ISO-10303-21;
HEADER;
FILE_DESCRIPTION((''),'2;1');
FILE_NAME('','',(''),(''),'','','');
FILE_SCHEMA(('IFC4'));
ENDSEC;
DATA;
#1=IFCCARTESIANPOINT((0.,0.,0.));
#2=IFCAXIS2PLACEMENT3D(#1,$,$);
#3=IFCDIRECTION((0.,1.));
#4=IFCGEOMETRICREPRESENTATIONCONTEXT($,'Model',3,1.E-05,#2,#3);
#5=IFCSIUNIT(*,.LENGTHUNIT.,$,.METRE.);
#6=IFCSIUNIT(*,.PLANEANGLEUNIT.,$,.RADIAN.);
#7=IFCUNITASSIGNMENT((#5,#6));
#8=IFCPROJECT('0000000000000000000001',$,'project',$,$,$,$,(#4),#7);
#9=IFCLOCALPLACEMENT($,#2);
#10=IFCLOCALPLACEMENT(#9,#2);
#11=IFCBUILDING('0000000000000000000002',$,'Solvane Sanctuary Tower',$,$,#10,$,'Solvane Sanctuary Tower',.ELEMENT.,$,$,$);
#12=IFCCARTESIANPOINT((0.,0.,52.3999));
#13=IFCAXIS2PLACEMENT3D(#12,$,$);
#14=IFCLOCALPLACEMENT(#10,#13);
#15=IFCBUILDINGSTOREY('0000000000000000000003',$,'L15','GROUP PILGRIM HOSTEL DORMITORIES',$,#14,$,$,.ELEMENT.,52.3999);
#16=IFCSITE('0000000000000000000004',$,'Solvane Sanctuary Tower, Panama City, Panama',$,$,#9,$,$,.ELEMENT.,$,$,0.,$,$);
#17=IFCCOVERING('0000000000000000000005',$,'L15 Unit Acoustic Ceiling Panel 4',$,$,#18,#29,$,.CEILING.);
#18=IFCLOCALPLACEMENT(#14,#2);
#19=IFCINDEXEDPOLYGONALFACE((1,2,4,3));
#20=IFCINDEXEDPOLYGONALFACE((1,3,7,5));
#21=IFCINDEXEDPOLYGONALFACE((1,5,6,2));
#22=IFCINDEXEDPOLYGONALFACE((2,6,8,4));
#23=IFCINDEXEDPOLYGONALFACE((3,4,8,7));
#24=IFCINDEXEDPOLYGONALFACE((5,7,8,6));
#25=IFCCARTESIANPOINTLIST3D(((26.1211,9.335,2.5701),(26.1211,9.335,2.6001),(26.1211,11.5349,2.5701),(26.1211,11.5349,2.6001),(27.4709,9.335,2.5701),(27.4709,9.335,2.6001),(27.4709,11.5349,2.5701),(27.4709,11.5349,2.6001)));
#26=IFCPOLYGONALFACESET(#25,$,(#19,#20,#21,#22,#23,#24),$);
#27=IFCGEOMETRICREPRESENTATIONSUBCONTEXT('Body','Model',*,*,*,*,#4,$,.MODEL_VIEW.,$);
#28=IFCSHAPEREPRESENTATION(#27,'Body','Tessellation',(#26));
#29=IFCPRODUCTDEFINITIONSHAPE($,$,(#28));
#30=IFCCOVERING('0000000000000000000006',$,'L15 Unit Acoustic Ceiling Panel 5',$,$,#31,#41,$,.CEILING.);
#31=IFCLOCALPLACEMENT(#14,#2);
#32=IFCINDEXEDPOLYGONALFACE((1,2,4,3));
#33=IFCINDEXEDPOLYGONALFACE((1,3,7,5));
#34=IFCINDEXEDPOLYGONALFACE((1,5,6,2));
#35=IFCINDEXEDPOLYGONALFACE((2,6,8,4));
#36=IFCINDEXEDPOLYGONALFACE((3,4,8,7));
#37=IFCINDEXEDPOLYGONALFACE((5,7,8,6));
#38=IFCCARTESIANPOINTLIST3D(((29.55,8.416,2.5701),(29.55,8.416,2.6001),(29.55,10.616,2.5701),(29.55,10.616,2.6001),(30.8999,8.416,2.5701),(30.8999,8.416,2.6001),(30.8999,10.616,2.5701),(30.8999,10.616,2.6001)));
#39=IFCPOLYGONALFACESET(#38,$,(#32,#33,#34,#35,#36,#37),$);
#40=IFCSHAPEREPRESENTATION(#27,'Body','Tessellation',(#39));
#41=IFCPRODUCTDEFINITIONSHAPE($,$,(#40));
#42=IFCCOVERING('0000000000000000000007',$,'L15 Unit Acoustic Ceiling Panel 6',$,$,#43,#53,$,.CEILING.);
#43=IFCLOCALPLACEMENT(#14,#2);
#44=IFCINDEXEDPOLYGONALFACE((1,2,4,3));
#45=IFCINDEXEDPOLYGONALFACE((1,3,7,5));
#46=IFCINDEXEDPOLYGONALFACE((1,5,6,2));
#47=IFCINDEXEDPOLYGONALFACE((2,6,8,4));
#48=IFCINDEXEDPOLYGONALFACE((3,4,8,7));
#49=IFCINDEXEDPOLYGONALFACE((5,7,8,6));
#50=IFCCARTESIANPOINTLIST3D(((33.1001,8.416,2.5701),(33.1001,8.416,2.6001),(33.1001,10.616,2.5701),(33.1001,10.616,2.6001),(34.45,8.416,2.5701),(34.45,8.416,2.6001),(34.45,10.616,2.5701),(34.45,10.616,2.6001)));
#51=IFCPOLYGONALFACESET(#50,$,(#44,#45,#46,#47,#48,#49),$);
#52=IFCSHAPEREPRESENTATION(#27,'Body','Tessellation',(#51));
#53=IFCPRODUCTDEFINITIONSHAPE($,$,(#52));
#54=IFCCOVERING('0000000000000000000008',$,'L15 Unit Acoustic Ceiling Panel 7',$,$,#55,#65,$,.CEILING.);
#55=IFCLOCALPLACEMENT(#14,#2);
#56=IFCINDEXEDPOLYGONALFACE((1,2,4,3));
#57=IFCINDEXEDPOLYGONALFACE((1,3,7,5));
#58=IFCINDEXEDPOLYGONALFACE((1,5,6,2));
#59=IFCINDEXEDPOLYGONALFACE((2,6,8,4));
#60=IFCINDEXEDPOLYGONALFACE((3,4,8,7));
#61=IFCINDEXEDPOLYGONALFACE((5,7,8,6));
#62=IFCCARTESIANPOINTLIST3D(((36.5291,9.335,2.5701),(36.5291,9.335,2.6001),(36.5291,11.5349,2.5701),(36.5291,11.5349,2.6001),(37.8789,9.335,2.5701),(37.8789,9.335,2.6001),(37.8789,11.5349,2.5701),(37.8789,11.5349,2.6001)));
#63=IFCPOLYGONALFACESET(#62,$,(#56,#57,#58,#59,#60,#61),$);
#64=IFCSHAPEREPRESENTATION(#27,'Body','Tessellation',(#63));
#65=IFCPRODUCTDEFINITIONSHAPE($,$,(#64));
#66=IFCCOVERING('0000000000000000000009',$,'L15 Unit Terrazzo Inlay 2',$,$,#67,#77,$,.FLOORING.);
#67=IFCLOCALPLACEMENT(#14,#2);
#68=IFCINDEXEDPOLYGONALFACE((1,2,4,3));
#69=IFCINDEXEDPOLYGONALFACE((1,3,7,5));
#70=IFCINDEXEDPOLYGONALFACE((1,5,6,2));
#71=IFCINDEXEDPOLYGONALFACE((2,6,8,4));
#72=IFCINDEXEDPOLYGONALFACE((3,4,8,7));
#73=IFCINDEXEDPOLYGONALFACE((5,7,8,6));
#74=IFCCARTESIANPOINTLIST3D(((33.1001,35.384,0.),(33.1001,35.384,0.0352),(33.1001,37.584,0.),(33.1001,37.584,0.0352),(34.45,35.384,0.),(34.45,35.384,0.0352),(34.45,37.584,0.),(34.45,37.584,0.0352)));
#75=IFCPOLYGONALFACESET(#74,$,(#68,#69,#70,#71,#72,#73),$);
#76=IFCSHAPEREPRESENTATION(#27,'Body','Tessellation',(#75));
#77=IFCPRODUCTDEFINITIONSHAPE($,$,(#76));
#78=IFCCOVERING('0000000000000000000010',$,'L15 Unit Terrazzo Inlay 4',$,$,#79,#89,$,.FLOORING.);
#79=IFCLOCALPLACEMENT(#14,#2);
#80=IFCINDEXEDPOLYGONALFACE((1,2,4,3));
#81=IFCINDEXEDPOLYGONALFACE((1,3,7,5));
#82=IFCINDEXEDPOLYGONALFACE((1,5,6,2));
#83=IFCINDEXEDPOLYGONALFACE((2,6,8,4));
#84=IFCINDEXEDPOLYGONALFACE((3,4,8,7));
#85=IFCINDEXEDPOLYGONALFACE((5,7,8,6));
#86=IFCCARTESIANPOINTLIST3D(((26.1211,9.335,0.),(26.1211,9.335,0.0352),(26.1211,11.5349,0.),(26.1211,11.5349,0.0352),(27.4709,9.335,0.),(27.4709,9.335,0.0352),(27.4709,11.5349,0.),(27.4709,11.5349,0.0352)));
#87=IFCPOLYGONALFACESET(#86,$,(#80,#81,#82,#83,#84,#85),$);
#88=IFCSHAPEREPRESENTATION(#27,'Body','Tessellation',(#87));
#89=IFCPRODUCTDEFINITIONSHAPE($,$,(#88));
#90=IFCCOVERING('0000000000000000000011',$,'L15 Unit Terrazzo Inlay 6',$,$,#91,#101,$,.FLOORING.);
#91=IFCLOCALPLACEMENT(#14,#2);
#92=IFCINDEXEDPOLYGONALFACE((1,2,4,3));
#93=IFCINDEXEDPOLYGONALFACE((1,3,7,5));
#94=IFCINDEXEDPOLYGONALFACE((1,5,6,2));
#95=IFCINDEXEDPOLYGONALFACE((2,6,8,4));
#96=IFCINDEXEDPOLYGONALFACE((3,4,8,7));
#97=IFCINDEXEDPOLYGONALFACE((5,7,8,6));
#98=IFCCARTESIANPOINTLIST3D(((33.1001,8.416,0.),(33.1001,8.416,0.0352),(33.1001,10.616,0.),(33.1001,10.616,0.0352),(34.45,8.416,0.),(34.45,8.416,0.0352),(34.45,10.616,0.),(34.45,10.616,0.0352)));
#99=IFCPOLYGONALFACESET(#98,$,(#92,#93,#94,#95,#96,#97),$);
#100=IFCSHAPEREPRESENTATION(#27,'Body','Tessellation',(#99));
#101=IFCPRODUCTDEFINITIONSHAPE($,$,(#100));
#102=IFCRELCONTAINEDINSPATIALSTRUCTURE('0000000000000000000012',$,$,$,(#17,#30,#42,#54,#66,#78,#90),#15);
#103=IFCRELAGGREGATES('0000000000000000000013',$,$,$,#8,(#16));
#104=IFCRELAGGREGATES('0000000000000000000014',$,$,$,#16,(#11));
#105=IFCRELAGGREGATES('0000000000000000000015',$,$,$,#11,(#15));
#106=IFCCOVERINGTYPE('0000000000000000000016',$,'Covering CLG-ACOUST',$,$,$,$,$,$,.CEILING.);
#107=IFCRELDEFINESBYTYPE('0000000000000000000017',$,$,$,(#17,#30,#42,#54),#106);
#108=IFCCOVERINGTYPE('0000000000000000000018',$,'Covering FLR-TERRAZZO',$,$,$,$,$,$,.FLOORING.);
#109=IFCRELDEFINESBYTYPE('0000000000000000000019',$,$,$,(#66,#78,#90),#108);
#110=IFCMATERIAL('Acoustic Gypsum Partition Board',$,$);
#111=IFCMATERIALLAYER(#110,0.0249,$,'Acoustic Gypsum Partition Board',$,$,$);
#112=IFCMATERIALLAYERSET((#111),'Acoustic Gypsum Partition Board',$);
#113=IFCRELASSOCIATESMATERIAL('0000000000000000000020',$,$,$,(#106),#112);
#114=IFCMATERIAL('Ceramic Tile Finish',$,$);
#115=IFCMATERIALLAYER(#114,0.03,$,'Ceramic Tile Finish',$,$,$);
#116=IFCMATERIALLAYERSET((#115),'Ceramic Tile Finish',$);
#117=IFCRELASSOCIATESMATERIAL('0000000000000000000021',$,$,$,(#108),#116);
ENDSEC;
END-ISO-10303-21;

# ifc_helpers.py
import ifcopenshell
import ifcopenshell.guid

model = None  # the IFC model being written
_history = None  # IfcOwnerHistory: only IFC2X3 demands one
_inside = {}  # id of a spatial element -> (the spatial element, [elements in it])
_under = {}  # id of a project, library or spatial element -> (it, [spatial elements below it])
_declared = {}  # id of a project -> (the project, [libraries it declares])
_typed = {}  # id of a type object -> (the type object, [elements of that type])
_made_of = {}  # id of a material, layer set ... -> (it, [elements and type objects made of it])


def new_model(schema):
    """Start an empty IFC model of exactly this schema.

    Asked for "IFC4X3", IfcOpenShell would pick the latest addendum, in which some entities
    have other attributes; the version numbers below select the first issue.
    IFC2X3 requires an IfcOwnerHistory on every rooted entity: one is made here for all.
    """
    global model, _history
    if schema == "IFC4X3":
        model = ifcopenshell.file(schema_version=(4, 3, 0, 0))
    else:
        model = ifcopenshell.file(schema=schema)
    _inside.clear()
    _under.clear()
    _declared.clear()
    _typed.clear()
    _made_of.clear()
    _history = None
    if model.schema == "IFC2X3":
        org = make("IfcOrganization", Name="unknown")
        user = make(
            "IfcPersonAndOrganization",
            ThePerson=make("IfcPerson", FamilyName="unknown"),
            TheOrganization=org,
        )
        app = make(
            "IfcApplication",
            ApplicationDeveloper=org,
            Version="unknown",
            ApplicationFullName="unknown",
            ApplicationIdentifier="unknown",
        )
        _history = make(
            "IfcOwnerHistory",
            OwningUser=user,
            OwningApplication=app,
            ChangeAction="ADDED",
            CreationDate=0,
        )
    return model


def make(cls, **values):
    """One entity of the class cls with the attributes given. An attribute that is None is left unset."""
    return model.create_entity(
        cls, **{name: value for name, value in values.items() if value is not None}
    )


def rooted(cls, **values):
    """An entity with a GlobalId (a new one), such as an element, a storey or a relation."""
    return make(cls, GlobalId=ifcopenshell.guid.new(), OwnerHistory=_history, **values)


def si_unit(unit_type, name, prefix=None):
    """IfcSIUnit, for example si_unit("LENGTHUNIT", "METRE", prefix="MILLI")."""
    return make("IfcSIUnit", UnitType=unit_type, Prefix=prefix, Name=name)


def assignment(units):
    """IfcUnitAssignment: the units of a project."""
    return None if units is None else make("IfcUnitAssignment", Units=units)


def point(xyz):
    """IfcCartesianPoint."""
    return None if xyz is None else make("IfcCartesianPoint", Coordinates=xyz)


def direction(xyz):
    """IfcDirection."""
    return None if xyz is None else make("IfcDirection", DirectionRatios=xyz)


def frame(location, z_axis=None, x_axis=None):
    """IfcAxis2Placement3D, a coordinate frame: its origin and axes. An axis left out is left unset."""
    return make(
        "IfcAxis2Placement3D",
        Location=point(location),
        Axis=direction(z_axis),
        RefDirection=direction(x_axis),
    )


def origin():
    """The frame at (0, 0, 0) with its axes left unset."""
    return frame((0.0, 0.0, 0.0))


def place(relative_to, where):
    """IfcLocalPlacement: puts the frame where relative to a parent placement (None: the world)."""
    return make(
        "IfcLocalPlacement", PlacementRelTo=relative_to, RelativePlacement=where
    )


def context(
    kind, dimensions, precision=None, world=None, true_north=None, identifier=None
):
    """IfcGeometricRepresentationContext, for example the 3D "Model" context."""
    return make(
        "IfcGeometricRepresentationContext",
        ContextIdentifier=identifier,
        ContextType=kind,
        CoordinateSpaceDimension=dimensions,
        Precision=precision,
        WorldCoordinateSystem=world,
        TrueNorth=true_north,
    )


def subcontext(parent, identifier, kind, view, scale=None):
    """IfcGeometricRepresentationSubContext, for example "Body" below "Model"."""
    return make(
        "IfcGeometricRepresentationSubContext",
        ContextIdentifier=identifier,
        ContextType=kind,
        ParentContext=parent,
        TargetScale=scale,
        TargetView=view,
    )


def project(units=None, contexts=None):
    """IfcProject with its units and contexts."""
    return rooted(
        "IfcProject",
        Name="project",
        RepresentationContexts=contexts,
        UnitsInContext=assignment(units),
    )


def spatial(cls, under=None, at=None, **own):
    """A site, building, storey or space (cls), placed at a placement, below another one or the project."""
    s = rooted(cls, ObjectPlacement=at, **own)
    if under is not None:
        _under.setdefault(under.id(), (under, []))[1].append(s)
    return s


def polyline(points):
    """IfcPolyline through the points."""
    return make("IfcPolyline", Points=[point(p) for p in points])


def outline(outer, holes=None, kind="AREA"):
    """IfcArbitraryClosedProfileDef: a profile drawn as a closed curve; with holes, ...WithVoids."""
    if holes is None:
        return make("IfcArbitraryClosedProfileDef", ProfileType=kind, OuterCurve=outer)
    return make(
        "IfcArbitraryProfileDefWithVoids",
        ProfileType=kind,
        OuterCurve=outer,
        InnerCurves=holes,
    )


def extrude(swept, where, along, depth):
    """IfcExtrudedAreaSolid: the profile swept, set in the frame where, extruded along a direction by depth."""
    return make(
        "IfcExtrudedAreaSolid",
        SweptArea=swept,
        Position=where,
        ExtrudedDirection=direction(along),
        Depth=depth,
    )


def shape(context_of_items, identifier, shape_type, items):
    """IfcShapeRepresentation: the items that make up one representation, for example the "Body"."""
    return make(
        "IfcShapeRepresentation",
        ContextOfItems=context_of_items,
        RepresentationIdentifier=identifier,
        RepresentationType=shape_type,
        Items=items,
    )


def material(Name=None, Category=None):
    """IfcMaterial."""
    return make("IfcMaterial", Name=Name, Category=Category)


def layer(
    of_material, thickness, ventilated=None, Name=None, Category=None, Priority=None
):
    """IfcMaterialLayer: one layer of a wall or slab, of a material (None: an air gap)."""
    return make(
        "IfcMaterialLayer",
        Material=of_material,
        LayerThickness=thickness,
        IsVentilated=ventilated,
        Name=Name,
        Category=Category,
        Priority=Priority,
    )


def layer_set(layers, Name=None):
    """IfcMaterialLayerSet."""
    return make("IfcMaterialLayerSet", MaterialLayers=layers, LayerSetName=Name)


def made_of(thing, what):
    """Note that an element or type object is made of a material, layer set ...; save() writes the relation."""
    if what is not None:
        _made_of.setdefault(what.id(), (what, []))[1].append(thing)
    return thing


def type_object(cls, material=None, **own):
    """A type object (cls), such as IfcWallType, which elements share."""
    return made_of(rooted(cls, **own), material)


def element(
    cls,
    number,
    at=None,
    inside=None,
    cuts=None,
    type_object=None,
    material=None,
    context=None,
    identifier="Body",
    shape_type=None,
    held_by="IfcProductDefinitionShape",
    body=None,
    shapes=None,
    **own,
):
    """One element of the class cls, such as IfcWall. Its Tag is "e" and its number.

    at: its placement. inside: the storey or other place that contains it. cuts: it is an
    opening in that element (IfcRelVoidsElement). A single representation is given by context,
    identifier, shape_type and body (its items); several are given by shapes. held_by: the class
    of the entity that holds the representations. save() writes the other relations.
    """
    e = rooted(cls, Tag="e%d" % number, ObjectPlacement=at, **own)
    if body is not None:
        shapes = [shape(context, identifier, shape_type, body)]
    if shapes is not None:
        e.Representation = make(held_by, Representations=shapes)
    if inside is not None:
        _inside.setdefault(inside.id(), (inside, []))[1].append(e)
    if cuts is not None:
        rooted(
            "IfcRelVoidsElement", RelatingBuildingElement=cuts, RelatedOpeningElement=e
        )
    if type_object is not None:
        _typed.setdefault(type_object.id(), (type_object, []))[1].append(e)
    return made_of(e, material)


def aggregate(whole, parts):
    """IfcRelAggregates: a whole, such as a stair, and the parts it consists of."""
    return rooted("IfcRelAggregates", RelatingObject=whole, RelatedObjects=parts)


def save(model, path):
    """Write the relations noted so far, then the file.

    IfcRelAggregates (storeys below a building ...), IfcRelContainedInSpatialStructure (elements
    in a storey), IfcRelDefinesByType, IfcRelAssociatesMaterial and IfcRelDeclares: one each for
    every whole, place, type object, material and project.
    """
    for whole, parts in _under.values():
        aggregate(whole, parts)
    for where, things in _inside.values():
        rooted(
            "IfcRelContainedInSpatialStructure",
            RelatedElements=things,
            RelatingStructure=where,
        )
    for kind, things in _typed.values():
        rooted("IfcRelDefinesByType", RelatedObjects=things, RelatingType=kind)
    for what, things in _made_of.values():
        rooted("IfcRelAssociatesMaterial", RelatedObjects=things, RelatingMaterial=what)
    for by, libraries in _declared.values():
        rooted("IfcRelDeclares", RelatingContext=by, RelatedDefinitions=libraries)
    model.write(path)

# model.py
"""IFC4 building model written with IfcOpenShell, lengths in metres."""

from ifc_helpers import new_model, si_unit, direction, frame, origin, place, context, subcontext, project, spatial, polyline, outline, extrude, material, layer, layer_set, type_object, element, save


model = new_model("IFC4")

# Units and contexts
model_context = context("Model", 3, precision=1e-05, world=origin(), true_north=direction((0.0, 1.0)))
body_context = subcontext(model_context, "Body", "Model", "MODEL_VIEW")
ifc_project = project(units=[si_unit("LENGTHUNIT", "METRE"), si_unit("PLANEANGLEUNIT", "RADIAN")], contexts=[model_context])

# Site, building, storey
site_placement = place(None, origin())
site = spatial("IfcSite", under=ifc_project, at=site_placement, Name="Solvane Sanctuary Tower, Panama City, Panama", CompositionType="ELEMENT", RefElevation=0.0)
building_placement = place(site_placement, origin())
building = spatial("IfcBuilding", under=site, at=building_placement, Name="Solvane Sanctuary Tower", LongName="Solvane Sanctuary Tower", CompositionType="ELEMENT")
storey_placement = place(building_placement, frame((0.0, 0.0, 52.3999)))
storey = spatial("IfcBuildingStorey", under=building, at=storey_placement, Name="L15", Description="GROUP PILGRIM HOSTEL DORMITORIES", CompositionType="ELEMENT", Elevation=52.3999)

# Coverings
ifc_material_1 = material(Name="Acoustic Gypsum Partition Board")
ifc_layer_1 = layer(ifc_material_1, 0.0249, Name="Acoustic Gypsum Partition Board")
ifc_layer_set_1 = layer_set([ifc_layer_1], Name="Acoustic Gypsum Partition Board")
covering_type_1 = type_object("IfcCoveringType", Name="Covering CLG-ACOUST", PredefinedType="CEILING", material=ifc_layer_set_1)
covering_1_placement = place(storey_placement, frame((0.0, 0.0, 2.5701)))
element("IfcCovering", 1, at=covering_1_placement, inside=storey, type_object=covering_type_1, Name="L15 Unit Acoustic Ceiling Panel 4", PredefinedType="CEILING", context=body_context, shape_type="SweptSolid", body=[
    extrude(outline(polyline([(26.1211, 9.335), (27.4709, 9.335), (27.4709, 11.5349), (26.1211, 11.5349), (26.1211, 9.335)])), origin(), (0.0, 0.0, 1.0), 0.03),
])
covering_2_placement = place(storey_placement, frame((0.0, 0.0, 2.5701)))
element("IfcCovering", 2, at=covering_2_placement, inside=storey, type_object=covering_type_1, Name="L15 Unit Acoustic Ceiling Panel 5", PredefinedType="CEILING", context=body_context, shape_type="SweptSolid", body=[
    extrude(outline(polyline([(29.55, 8.416), (30.8999, 8.416), (30.8999, 10.616), (29.55, 10.616), (29.55, 8.416)])), origin(), (0.0, 0.0, 1.0), 0.03),
])
covering_3_placement = place(storey_placement, frame((0.0, 0.0, 2.5701)))
element("IfcCovering", 3, at=covering_3_placement, inside=storey, type_object=covering_type_1, Name="L15 Unit Acoustic Ceiling Panel 6", PredefinedType="CEILING", context=body_context, shape_type="SweptSolid", body=[
    extrude(outline(polyline([(33.1001, 8.416), (34.45, 8.416), (34.45, 10.616), (33.1001, 10.616), (33.1001, 8.416)])), origin(), (0.0, 0.0, 1.0), 0.03),
])
covering_4_placement = place(storey_placement, frame((0.0, 0.0, 2.5701)))
element("IfcCovering", 4, at=covering_4_placement, inside=storey, type_object=covering_type_1, Name="L15 Unit Acoustic Ceiling Panel 7", PredefinedType="CEILING", context=body_context, shape_type="SweptSolid", body=[
    extrude(outline(polyline([(36.5291, 9.335), (37.8789, 9.335), (37.8789, 11.5349), (36.5291, 11.5349), (36.5291, 9.335)])), origin(), (0.0, 0.0, 1.0), 0.03),
])
ifc_material_2 = material(Name="Ceramic Tile Finish")
ifc_layer_2 = layer(ifc_material_2, 0.03, Name="Ceramic Tile Finish")
ifc_layer_set_2 = layer_set([ifc_layer_2], Name="Ceramic Tile Finish")
covering_type_2 = type_object("IfcCoveringType", Name="Covering FLR-TERRAZZO", PredefinedType="FLOORING", material=ifc_layer_set_2)
covering_5_placement = place(storey_placement, origin())
element("IfcCovering", 5, at=covering_5_placement, inside=storey, type_object=covering_type_2, Name="L15 Unit Terrazzo Inlay 2", PredefinedType="FLOORING", context=body_context, shape_type="SweptSolid", body=[
    extrude(outline(polyline([(33.1001, 35.384), (34.45, 35.384), (34.45, 37.584), (33.1001, 37.584), (33.1001, 35.384)])), origin(), (0.0, 0.0, 1.0), 0.0352),
])
covering_6_placement = place(storey_placement, origin())
element("IfcCovering", 6, at=covering_6_placement, inside=storey, type_object=covering_type_2, Name="L15 Unit Terrazzo Inlay 4", PredefinedType="FLOORING", context=body_context, shape_type="SweptSolid", body=[
    extrude(outline(polyline([(26.1211, 9.335), (27.4709, 9.335), (27.4709, 11.5349), (26.1211, 11.5349), (26.1211, 9.335)])), origin(), (0.0, 0.0, 1.0), 0.0352),
])
covering_7_placement = place(storey_placement, origin())
element("IfcCovering", 7, at=covering_7_placement, inside=storey, type_object=covering_type_2, Name="L15 Unit Terrazzo Inlay 6", PredefinedType="FLOORING", context=body_context, shape_type="SweptSolid", body=[
    extrude(outline(polyline([(33.1001, 8.416), (34.45, 8.416), (34.45, 10.616), (33.1001, 10.616), (33.1001, 8.416)])), origin(), (0.0, 0.0, 1.0), 0.0352),
])

save(model, "model.ifc")
